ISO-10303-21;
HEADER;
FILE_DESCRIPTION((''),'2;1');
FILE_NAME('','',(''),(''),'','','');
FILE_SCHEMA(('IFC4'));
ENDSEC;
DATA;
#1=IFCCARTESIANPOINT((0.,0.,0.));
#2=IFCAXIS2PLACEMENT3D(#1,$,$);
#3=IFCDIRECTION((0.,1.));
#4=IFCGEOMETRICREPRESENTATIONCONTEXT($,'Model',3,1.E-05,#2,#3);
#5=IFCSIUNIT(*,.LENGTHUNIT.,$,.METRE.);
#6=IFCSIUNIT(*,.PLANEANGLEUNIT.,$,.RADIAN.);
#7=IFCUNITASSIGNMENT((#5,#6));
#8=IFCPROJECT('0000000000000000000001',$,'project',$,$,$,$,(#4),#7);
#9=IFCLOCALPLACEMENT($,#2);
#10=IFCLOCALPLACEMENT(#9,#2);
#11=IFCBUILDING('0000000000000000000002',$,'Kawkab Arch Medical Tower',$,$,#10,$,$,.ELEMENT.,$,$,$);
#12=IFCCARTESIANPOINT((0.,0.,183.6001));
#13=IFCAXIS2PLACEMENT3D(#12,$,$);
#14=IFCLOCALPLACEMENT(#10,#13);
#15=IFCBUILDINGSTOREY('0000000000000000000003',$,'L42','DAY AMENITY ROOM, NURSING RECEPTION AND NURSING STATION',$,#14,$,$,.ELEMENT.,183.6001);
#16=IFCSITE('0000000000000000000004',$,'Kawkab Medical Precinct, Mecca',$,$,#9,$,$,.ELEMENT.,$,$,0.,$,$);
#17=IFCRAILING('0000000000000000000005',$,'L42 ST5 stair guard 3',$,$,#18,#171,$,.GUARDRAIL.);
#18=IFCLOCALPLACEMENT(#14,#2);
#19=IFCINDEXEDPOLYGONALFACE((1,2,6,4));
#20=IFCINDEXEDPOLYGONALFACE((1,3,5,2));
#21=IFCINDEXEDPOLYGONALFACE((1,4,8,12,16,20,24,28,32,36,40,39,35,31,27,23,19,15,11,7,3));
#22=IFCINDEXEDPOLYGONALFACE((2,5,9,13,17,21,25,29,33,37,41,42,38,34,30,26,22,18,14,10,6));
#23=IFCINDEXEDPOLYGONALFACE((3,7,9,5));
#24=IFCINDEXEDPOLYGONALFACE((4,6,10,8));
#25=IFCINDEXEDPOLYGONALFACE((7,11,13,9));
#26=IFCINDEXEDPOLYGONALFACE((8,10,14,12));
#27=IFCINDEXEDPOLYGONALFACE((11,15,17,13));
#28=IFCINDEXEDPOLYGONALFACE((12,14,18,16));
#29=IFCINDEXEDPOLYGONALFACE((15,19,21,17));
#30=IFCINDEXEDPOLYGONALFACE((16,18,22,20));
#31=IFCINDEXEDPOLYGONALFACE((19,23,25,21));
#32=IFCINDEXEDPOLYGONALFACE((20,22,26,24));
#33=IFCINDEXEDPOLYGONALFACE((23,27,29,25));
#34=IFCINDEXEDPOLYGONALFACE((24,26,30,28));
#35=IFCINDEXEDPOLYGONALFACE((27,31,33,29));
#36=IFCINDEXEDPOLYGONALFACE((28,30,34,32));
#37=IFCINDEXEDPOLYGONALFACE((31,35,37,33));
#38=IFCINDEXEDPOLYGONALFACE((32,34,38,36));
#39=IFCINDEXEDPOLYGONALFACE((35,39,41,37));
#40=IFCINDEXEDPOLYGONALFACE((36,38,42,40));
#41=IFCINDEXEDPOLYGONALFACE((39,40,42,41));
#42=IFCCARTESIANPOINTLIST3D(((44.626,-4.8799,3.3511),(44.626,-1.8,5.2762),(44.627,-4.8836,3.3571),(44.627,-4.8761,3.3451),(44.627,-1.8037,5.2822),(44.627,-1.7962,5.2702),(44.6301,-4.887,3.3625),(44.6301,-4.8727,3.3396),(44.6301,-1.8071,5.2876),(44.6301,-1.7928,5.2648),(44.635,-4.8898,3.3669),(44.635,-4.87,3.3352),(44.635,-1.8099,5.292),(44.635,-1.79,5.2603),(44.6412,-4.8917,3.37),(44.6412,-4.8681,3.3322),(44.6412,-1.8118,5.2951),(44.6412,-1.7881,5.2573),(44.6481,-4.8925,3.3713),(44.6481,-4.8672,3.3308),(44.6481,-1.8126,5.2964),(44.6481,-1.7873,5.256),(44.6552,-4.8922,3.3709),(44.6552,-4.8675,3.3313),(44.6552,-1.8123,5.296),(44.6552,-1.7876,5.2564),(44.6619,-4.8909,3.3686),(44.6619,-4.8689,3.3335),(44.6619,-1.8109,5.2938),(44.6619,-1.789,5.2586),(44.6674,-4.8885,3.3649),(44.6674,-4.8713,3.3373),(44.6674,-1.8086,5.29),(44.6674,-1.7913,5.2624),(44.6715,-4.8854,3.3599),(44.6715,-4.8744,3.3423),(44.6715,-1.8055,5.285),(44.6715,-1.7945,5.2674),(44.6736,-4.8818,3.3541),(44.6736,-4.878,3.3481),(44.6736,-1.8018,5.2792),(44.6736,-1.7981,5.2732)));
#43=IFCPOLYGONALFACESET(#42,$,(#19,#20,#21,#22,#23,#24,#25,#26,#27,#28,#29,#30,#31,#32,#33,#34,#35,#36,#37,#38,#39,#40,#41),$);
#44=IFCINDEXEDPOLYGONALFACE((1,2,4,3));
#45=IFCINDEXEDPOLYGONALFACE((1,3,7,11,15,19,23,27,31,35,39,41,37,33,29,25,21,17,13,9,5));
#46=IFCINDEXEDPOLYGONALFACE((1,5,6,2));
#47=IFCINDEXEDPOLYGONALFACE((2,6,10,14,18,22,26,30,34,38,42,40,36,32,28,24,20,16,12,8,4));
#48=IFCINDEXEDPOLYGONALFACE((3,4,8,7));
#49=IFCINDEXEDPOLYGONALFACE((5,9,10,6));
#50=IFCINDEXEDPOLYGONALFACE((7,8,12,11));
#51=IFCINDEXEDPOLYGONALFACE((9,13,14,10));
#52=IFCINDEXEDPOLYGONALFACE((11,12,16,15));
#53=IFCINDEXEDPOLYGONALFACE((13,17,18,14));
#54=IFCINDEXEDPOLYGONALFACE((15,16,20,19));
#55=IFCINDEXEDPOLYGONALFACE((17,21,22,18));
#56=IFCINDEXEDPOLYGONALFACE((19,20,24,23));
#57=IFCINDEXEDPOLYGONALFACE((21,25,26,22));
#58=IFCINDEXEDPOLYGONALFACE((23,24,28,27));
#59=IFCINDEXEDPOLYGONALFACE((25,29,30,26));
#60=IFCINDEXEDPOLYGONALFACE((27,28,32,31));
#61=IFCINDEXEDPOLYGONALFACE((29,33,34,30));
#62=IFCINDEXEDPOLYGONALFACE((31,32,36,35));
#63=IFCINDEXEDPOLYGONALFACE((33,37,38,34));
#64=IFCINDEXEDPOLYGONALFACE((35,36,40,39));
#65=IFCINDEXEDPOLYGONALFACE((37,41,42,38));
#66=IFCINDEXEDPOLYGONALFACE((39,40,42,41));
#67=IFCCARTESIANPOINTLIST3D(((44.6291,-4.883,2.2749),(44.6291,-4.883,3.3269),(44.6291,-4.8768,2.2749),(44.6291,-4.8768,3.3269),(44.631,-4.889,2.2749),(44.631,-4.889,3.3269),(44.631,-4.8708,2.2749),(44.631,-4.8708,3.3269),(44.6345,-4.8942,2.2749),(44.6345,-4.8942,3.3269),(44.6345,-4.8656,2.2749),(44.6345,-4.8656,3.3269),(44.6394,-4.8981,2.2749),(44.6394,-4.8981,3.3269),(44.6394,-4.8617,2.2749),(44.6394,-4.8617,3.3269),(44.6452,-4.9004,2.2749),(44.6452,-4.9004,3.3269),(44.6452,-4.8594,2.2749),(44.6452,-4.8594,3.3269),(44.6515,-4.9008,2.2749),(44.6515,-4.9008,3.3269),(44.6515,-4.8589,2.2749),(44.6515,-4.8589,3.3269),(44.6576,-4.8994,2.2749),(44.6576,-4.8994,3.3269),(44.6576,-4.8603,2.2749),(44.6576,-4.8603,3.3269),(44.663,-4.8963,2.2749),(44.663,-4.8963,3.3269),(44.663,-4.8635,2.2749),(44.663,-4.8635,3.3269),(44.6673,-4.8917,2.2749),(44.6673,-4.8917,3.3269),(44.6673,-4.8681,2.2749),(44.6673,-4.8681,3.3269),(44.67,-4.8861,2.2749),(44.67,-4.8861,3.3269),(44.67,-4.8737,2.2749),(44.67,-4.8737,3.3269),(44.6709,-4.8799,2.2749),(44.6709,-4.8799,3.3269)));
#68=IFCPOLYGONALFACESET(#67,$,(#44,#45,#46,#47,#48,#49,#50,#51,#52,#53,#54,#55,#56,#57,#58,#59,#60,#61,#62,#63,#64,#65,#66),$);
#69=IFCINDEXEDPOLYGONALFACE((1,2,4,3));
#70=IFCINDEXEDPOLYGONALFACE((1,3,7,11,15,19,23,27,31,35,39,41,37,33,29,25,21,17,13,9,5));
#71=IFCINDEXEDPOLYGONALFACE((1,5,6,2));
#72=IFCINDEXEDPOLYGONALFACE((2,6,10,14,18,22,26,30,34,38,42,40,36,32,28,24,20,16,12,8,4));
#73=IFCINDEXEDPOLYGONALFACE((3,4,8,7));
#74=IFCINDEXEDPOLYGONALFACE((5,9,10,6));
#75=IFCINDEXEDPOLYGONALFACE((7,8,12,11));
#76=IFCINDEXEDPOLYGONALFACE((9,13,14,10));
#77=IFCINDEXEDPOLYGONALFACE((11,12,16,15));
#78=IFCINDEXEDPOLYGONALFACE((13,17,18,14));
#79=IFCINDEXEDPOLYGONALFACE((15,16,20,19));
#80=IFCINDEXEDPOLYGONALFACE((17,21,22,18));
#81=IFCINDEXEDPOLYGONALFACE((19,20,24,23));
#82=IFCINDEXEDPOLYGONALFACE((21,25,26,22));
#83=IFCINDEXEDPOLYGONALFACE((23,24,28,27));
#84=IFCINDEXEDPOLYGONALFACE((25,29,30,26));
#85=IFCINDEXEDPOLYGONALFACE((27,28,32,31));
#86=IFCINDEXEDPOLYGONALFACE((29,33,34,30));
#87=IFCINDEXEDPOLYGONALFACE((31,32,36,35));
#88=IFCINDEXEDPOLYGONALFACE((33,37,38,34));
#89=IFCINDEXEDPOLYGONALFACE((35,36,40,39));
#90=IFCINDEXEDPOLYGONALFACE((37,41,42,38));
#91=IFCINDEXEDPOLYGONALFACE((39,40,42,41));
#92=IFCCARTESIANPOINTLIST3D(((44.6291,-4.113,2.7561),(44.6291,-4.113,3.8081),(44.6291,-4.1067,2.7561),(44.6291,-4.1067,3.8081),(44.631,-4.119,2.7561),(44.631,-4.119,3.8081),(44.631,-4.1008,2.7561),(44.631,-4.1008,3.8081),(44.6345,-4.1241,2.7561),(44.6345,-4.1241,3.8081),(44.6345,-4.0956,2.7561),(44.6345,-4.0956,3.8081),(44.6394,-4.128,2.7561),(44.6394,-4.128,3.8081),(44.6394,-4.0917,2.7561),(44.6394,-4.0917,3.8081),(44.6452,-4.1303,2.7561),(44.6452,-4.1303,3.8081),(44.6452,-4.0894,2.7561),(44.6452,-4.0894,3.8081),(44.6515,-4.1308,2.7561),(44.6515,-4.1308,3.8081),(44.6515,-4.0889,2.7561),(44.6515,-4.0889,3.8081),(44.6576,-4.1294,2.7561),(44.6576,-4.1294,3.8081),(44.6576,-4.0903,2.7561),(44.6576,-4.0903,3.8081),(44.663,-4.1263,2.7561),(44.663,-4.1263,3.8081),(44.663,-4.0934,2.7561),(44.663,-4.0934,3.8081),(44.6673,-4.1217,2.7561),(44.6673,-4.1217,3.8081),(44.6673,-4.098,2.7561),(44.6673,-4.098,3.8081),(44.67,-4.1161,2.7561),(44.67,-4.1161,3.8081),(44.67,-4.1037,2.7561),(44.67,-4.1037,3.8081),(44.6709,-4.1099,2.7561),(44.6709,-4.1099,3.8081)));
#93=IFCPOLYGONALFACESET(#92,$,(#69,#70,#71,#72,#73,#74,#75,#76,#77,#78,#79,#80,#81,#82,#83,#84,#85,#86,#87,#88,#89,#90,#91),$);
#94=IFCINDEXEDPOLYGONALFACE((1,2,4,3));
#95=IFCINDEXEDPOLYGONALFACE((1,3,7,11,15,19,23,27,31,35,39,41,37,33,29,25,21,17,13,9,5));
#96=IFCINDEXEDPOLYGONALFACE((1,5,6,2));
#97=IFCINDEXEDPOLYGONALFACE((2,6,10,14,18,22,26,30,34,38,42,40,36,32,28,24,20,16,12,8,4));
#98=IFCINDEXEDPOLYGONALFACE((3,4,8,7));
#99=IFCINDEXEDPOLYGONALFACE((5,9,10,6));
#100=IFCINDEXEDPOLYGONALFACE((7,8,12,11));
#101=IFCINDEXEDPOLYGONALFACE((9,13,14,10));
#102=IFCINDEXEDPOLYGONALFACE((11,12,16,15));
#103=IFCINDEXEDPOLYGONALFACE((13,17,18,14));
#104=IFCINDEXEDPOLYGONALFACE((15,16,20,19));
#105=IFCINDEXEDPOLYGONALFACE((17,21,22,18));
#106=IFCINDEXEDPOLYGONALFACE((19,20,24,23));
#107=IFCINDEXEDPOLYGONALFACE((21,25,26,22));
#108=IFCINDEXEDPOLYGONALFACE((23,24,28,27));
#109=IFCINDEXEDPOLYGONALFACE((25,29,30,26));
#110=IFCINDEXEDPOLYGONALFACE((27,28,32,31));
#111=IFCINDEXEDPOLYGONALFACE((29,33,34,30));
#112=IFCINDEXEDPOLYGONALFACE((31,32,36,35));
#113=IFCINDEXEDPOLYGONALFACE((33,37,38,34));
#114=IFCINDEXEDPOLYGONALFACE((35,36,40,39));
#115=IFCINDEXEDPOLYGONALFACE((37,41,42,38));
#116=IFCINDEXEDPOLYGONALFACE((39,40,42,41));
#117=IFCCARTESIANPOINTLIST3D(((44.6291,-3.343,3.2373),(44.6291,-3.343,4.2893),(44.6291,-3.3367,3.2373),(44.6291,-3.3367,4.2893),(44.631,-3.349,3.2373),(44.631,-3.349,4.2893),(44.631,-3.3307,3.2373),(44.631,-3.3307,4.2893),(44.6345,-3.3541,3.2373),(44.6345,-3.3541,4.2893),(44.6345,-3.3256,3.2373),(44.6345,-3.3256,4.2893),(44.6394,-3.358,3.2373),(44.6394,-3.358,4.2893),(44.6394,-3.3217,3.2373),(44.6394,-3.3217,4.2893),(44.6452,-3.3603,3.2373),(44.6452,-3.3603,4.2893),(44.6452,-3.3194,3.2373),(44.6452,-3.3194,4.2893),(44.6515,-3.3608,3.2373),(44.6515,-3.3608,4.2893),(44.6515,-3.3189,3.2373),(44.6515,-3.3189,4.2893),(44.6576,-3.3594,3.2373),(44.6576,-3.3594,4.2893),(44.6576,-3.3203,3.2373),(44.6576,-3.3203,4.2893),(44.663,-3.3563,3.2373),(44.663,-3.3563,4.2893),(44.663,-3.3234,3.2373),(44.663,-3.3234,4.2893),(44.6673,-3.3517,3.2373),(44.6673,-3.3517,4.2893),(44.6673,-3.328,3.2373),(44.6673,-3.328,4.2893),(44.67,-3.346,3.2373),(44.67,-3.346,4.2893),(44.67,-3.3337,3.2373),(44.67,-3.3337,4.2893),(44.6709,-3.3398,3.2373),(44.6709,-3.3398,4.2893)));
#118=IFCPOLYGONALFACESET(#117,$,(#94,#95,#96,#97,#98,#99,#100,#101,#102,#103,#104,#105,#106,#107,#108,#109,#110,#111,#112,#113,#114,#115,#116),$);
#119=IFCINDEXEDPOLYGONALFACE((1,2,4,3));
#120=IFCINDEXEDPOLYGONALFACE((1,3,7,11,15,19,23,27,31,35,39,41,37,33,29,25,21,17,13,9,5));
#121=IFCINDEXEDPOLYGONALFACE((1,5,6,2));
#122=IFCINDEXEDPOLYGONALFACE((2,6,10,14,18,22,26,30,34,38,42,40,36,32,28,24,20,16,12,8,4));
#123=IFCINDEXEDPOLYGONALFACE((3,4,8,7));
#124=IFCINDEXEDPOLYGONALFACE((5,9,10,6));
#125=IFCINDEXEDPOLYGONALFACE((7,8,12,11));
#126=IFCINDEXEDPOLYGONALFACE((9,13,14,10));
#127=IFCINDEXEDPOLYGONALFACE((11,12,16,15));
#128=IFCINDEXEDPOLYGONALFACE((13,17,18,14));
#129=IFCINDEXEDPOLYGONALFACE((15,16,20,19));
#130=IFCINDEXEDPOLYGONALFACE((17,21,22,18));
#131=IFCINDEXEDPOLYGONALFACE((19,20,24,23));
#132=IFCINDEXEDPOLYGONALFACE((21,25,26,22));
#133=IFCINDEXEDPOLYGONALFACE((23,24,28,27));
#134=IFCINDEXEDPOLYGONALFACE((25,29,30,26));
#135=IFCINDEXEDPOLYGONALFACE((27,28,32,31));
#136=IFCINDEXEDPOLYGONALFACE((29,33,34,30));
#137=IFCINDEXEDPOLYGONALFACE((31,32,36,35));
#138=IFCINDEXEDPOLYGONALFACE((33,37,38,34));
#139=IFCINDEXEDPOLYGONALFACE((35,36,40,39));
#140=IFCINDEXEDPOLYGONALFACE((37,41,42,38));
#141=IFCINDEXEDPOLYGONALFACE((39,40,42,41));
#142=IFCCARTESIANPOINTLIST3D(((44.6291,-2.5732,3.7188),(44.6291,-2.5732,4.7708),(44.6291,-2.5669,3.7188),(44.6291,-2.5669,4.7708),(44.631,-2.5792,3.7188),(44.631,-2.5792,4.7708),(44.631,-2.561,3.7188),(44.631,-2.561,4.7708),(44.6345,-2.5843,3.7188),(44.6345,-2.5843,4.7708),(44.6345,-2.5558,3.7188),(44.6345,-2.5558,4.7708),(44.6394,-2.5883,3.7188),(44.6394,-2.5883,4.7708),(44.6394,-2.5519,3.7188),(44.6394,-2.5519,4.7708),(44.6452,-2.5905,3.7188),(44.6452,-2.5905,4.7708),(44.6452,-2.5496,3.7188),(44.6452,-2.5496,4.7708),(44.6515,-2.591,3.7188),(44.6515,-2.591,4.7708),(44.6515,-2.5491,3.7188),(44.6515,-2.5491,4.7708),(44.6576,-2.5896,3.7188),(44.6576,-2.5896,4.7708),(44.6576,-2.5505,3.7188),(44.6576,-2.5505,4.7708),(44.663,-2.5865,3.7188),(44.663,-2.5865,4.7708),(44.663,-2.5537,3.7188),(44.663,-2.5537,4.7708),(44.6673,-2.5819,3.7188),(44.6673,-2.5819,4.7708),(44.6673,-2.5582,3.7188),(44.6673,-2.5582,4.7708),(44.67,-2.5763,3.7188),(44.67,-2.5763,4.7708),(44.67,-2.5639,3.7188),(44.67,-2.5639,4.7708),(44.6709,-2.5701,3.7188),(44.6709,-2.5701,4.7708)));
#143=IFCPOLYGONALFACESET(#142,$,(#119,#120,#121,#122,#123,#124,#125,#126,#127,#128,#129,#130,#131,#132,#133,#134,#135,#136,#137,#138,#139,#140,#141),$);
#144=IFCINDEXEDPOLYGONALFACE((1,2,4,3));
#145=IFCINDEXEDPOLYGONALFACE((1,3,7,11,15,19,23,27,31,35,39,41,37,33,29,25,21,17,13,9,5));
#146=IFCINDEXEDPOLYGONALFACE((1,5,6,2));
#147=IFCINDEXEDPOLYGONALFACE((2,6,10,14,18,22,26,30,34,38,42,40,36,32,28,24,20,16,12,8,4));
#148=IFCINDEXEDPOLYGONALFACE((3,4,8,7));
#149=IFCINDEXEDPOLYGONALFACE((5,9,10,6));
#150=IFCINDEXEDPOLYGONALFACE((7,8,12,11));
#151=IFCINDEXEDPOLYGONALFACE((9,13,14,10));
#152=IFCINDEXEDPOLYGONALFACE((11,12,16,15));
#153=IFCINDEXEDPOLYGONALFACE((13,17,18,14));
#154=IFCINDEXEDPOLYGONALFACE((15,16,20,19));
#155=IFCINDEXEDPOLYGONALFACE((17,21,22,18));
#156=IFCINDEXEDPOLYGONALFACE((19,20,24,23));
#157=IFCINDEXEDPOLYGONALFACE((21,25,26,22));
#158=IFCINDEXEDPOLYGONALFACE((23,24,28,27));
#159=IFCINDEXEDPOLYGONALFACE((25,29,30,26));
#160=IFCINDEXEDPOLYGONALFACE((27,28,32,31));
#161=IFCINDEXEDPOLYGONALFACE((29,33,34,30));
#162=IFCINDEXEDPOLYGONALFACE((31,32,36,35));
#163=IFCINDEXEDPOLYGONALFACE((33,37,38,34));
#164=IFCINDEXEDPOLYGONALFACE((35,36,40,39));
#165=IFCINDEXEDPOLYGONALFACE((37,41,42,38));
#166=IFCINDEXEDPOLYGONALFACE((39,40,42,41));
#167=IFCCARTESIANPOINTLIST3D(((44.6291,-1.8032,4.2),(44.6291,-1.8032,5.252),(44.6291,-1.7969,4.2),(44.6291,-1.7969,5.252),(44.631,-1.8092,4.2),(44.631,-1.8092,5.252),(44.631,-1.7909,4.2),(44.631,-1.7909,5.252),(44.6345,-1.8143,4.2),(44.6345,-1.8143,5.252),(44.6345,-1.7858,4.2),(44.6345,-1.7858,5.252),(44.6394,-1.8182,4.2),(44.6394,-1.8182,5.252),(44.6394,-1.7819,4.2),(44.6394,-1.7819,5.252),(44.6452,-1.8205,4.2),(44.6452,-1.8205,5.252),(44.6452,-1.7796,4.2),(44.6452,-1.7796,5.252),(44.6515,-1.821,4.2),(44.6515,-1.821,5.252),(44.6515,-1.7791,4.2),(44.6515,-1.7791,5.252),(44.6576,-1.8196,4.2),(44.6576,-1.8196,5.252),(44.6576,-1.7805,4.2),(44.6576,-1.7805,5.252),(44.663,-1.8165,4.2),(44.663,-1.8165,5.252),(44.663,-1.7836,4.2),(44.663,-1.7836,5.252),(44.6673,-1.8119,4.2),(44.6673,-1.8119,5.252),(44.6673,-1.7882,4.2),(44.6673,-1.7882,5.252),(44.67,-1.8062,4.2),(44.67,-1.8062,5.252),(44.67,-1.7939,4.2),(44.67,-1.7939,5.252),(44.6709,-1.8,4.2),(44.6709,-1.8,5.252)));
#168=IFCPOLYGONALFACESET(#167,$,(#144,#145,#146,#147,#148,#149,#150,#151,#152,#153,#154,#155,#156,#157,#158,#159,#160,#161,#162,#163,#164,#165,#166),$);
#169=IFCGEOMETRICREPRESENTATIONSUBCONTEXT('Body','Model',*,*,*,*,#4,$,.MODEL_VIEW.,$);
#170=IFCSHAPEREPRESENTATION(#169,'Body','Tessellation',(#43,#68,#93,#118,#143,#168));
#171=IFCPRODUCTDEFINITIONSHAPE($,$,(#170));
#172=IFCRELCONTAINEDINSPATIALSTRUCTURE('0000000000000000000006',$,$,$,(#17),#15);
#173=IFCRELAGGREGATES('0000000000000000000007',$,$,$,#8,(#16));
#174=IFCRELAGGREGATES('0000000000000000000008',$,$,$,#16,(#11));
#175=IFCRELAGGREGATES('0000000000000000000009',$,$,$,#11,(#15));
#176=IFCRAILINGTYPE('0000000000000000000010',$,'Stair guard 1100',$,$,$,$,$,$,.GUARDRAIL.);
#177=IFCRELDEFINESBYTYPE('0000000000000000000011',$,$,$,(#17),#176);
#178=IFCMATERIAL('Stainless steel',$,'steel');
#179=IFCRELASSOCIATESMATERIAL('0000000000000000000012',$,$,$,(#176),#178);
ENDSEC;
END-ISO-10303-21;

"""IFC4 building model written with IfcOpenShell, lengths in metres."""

from ifc_helpers import new_model, si_unit, direction, frame, origin, origin_2d, place, context, subcontext, project, spatial, circle, extrude, material, type_object, element, save


model = new_model("IFC4")

# Units and contexts
model_context = context("Model", 3, precision=1e-05, world=origin(), true_north=direction((0.0, 1.0)))
body_context = subcontext(model_context, "Body", "Model", "MODEL_VIEW")
ifc_project = project(units=[si_unit("LENGTHUNIT", "METRE"), si_unit("PLANEANGLEUNIT", "RADIAN")], contexts=[model_context])

# Site, building, storey
site_placement = place(None, origin())
site = spatial("IfcSite", under=ifc_project, at=site_placement, Name="Kawkab Medical Precinct, Mecca", CompositionType="ELEMENT", RefElevation=0.0)
building_placement = place(site_placement, origin())
building = spatial("IfcBuilding", under=site, at=building_placement, Name="Kawkab Arch Medical Tower", CompositionType="ELEMENT")
storey_placement = place(building_placement, frame((0.0, 0.0, 183.6001)))
storey = spatial("IfcBuildingStorey", under=building, at=storey_placement, Name="L42", Description="DAY AMENITY ROOM, NURSING RECEPTION AND NURSING STATION", CompositionType="ELEMENT", Elevation=183.6001)

# Railing
ifc_material_1 = material(Name="Stainless steel", Category="steel")
railing_type = type_object("IfcRailingType", Name="Stair guard 1100", PredefinedType="GUARDRAIL", material=ifc_material_1)
railing_placement = place(storey_placement, frame((44.6499, -4.8799, 2.2749)))
element("IfcRailing", 1, at=railing_placement, inside=storey, type_object=railing_type, Name="L42 ST5 stair guard 3", PredefinedType="GUARDRAIL", context=body_context, shape_type="SweptSolid", body=[
    extrude(circle(Radius=0.0239, at=origin_2d()), frame((0.0, 0.0, 1.0762), z_axis=(0.0, 0.847979, 0.530029), x_axis=(-1.0, 0.0, 0.0)), (0.0, 0.0, 1.0), 3.6321),
    extrude(circle(Radius=0.021, at=origin_2d()), origin(), (0.0, 0.0, 1.0), 1.052),
    extrude(circle(Radius=0.021, at=origin_2d()), frame((0.0, 0.77, 0.4812)), (0.0, 0.0, 1.0), 1.052),
    extrude(circle(Radius=0.021, at=origin_2d()), frame((0.0, 1.54, 0.9624)), (0.0, 0.0, 1.0), 1.052),
    extrude(circle(Radius=0.021, at=origin_2d()), frame((0.0, 2.3098, 1.4438)), (0.0, 0.0, 1.0), 1.052),
    extrude(circle(Radius=0.021, at=origin_2d()), frame((0.0, 3.0798, 1.925)), (0.0, 0.0, 1.0), 1.052),
])

save(model, "model.ifc")
